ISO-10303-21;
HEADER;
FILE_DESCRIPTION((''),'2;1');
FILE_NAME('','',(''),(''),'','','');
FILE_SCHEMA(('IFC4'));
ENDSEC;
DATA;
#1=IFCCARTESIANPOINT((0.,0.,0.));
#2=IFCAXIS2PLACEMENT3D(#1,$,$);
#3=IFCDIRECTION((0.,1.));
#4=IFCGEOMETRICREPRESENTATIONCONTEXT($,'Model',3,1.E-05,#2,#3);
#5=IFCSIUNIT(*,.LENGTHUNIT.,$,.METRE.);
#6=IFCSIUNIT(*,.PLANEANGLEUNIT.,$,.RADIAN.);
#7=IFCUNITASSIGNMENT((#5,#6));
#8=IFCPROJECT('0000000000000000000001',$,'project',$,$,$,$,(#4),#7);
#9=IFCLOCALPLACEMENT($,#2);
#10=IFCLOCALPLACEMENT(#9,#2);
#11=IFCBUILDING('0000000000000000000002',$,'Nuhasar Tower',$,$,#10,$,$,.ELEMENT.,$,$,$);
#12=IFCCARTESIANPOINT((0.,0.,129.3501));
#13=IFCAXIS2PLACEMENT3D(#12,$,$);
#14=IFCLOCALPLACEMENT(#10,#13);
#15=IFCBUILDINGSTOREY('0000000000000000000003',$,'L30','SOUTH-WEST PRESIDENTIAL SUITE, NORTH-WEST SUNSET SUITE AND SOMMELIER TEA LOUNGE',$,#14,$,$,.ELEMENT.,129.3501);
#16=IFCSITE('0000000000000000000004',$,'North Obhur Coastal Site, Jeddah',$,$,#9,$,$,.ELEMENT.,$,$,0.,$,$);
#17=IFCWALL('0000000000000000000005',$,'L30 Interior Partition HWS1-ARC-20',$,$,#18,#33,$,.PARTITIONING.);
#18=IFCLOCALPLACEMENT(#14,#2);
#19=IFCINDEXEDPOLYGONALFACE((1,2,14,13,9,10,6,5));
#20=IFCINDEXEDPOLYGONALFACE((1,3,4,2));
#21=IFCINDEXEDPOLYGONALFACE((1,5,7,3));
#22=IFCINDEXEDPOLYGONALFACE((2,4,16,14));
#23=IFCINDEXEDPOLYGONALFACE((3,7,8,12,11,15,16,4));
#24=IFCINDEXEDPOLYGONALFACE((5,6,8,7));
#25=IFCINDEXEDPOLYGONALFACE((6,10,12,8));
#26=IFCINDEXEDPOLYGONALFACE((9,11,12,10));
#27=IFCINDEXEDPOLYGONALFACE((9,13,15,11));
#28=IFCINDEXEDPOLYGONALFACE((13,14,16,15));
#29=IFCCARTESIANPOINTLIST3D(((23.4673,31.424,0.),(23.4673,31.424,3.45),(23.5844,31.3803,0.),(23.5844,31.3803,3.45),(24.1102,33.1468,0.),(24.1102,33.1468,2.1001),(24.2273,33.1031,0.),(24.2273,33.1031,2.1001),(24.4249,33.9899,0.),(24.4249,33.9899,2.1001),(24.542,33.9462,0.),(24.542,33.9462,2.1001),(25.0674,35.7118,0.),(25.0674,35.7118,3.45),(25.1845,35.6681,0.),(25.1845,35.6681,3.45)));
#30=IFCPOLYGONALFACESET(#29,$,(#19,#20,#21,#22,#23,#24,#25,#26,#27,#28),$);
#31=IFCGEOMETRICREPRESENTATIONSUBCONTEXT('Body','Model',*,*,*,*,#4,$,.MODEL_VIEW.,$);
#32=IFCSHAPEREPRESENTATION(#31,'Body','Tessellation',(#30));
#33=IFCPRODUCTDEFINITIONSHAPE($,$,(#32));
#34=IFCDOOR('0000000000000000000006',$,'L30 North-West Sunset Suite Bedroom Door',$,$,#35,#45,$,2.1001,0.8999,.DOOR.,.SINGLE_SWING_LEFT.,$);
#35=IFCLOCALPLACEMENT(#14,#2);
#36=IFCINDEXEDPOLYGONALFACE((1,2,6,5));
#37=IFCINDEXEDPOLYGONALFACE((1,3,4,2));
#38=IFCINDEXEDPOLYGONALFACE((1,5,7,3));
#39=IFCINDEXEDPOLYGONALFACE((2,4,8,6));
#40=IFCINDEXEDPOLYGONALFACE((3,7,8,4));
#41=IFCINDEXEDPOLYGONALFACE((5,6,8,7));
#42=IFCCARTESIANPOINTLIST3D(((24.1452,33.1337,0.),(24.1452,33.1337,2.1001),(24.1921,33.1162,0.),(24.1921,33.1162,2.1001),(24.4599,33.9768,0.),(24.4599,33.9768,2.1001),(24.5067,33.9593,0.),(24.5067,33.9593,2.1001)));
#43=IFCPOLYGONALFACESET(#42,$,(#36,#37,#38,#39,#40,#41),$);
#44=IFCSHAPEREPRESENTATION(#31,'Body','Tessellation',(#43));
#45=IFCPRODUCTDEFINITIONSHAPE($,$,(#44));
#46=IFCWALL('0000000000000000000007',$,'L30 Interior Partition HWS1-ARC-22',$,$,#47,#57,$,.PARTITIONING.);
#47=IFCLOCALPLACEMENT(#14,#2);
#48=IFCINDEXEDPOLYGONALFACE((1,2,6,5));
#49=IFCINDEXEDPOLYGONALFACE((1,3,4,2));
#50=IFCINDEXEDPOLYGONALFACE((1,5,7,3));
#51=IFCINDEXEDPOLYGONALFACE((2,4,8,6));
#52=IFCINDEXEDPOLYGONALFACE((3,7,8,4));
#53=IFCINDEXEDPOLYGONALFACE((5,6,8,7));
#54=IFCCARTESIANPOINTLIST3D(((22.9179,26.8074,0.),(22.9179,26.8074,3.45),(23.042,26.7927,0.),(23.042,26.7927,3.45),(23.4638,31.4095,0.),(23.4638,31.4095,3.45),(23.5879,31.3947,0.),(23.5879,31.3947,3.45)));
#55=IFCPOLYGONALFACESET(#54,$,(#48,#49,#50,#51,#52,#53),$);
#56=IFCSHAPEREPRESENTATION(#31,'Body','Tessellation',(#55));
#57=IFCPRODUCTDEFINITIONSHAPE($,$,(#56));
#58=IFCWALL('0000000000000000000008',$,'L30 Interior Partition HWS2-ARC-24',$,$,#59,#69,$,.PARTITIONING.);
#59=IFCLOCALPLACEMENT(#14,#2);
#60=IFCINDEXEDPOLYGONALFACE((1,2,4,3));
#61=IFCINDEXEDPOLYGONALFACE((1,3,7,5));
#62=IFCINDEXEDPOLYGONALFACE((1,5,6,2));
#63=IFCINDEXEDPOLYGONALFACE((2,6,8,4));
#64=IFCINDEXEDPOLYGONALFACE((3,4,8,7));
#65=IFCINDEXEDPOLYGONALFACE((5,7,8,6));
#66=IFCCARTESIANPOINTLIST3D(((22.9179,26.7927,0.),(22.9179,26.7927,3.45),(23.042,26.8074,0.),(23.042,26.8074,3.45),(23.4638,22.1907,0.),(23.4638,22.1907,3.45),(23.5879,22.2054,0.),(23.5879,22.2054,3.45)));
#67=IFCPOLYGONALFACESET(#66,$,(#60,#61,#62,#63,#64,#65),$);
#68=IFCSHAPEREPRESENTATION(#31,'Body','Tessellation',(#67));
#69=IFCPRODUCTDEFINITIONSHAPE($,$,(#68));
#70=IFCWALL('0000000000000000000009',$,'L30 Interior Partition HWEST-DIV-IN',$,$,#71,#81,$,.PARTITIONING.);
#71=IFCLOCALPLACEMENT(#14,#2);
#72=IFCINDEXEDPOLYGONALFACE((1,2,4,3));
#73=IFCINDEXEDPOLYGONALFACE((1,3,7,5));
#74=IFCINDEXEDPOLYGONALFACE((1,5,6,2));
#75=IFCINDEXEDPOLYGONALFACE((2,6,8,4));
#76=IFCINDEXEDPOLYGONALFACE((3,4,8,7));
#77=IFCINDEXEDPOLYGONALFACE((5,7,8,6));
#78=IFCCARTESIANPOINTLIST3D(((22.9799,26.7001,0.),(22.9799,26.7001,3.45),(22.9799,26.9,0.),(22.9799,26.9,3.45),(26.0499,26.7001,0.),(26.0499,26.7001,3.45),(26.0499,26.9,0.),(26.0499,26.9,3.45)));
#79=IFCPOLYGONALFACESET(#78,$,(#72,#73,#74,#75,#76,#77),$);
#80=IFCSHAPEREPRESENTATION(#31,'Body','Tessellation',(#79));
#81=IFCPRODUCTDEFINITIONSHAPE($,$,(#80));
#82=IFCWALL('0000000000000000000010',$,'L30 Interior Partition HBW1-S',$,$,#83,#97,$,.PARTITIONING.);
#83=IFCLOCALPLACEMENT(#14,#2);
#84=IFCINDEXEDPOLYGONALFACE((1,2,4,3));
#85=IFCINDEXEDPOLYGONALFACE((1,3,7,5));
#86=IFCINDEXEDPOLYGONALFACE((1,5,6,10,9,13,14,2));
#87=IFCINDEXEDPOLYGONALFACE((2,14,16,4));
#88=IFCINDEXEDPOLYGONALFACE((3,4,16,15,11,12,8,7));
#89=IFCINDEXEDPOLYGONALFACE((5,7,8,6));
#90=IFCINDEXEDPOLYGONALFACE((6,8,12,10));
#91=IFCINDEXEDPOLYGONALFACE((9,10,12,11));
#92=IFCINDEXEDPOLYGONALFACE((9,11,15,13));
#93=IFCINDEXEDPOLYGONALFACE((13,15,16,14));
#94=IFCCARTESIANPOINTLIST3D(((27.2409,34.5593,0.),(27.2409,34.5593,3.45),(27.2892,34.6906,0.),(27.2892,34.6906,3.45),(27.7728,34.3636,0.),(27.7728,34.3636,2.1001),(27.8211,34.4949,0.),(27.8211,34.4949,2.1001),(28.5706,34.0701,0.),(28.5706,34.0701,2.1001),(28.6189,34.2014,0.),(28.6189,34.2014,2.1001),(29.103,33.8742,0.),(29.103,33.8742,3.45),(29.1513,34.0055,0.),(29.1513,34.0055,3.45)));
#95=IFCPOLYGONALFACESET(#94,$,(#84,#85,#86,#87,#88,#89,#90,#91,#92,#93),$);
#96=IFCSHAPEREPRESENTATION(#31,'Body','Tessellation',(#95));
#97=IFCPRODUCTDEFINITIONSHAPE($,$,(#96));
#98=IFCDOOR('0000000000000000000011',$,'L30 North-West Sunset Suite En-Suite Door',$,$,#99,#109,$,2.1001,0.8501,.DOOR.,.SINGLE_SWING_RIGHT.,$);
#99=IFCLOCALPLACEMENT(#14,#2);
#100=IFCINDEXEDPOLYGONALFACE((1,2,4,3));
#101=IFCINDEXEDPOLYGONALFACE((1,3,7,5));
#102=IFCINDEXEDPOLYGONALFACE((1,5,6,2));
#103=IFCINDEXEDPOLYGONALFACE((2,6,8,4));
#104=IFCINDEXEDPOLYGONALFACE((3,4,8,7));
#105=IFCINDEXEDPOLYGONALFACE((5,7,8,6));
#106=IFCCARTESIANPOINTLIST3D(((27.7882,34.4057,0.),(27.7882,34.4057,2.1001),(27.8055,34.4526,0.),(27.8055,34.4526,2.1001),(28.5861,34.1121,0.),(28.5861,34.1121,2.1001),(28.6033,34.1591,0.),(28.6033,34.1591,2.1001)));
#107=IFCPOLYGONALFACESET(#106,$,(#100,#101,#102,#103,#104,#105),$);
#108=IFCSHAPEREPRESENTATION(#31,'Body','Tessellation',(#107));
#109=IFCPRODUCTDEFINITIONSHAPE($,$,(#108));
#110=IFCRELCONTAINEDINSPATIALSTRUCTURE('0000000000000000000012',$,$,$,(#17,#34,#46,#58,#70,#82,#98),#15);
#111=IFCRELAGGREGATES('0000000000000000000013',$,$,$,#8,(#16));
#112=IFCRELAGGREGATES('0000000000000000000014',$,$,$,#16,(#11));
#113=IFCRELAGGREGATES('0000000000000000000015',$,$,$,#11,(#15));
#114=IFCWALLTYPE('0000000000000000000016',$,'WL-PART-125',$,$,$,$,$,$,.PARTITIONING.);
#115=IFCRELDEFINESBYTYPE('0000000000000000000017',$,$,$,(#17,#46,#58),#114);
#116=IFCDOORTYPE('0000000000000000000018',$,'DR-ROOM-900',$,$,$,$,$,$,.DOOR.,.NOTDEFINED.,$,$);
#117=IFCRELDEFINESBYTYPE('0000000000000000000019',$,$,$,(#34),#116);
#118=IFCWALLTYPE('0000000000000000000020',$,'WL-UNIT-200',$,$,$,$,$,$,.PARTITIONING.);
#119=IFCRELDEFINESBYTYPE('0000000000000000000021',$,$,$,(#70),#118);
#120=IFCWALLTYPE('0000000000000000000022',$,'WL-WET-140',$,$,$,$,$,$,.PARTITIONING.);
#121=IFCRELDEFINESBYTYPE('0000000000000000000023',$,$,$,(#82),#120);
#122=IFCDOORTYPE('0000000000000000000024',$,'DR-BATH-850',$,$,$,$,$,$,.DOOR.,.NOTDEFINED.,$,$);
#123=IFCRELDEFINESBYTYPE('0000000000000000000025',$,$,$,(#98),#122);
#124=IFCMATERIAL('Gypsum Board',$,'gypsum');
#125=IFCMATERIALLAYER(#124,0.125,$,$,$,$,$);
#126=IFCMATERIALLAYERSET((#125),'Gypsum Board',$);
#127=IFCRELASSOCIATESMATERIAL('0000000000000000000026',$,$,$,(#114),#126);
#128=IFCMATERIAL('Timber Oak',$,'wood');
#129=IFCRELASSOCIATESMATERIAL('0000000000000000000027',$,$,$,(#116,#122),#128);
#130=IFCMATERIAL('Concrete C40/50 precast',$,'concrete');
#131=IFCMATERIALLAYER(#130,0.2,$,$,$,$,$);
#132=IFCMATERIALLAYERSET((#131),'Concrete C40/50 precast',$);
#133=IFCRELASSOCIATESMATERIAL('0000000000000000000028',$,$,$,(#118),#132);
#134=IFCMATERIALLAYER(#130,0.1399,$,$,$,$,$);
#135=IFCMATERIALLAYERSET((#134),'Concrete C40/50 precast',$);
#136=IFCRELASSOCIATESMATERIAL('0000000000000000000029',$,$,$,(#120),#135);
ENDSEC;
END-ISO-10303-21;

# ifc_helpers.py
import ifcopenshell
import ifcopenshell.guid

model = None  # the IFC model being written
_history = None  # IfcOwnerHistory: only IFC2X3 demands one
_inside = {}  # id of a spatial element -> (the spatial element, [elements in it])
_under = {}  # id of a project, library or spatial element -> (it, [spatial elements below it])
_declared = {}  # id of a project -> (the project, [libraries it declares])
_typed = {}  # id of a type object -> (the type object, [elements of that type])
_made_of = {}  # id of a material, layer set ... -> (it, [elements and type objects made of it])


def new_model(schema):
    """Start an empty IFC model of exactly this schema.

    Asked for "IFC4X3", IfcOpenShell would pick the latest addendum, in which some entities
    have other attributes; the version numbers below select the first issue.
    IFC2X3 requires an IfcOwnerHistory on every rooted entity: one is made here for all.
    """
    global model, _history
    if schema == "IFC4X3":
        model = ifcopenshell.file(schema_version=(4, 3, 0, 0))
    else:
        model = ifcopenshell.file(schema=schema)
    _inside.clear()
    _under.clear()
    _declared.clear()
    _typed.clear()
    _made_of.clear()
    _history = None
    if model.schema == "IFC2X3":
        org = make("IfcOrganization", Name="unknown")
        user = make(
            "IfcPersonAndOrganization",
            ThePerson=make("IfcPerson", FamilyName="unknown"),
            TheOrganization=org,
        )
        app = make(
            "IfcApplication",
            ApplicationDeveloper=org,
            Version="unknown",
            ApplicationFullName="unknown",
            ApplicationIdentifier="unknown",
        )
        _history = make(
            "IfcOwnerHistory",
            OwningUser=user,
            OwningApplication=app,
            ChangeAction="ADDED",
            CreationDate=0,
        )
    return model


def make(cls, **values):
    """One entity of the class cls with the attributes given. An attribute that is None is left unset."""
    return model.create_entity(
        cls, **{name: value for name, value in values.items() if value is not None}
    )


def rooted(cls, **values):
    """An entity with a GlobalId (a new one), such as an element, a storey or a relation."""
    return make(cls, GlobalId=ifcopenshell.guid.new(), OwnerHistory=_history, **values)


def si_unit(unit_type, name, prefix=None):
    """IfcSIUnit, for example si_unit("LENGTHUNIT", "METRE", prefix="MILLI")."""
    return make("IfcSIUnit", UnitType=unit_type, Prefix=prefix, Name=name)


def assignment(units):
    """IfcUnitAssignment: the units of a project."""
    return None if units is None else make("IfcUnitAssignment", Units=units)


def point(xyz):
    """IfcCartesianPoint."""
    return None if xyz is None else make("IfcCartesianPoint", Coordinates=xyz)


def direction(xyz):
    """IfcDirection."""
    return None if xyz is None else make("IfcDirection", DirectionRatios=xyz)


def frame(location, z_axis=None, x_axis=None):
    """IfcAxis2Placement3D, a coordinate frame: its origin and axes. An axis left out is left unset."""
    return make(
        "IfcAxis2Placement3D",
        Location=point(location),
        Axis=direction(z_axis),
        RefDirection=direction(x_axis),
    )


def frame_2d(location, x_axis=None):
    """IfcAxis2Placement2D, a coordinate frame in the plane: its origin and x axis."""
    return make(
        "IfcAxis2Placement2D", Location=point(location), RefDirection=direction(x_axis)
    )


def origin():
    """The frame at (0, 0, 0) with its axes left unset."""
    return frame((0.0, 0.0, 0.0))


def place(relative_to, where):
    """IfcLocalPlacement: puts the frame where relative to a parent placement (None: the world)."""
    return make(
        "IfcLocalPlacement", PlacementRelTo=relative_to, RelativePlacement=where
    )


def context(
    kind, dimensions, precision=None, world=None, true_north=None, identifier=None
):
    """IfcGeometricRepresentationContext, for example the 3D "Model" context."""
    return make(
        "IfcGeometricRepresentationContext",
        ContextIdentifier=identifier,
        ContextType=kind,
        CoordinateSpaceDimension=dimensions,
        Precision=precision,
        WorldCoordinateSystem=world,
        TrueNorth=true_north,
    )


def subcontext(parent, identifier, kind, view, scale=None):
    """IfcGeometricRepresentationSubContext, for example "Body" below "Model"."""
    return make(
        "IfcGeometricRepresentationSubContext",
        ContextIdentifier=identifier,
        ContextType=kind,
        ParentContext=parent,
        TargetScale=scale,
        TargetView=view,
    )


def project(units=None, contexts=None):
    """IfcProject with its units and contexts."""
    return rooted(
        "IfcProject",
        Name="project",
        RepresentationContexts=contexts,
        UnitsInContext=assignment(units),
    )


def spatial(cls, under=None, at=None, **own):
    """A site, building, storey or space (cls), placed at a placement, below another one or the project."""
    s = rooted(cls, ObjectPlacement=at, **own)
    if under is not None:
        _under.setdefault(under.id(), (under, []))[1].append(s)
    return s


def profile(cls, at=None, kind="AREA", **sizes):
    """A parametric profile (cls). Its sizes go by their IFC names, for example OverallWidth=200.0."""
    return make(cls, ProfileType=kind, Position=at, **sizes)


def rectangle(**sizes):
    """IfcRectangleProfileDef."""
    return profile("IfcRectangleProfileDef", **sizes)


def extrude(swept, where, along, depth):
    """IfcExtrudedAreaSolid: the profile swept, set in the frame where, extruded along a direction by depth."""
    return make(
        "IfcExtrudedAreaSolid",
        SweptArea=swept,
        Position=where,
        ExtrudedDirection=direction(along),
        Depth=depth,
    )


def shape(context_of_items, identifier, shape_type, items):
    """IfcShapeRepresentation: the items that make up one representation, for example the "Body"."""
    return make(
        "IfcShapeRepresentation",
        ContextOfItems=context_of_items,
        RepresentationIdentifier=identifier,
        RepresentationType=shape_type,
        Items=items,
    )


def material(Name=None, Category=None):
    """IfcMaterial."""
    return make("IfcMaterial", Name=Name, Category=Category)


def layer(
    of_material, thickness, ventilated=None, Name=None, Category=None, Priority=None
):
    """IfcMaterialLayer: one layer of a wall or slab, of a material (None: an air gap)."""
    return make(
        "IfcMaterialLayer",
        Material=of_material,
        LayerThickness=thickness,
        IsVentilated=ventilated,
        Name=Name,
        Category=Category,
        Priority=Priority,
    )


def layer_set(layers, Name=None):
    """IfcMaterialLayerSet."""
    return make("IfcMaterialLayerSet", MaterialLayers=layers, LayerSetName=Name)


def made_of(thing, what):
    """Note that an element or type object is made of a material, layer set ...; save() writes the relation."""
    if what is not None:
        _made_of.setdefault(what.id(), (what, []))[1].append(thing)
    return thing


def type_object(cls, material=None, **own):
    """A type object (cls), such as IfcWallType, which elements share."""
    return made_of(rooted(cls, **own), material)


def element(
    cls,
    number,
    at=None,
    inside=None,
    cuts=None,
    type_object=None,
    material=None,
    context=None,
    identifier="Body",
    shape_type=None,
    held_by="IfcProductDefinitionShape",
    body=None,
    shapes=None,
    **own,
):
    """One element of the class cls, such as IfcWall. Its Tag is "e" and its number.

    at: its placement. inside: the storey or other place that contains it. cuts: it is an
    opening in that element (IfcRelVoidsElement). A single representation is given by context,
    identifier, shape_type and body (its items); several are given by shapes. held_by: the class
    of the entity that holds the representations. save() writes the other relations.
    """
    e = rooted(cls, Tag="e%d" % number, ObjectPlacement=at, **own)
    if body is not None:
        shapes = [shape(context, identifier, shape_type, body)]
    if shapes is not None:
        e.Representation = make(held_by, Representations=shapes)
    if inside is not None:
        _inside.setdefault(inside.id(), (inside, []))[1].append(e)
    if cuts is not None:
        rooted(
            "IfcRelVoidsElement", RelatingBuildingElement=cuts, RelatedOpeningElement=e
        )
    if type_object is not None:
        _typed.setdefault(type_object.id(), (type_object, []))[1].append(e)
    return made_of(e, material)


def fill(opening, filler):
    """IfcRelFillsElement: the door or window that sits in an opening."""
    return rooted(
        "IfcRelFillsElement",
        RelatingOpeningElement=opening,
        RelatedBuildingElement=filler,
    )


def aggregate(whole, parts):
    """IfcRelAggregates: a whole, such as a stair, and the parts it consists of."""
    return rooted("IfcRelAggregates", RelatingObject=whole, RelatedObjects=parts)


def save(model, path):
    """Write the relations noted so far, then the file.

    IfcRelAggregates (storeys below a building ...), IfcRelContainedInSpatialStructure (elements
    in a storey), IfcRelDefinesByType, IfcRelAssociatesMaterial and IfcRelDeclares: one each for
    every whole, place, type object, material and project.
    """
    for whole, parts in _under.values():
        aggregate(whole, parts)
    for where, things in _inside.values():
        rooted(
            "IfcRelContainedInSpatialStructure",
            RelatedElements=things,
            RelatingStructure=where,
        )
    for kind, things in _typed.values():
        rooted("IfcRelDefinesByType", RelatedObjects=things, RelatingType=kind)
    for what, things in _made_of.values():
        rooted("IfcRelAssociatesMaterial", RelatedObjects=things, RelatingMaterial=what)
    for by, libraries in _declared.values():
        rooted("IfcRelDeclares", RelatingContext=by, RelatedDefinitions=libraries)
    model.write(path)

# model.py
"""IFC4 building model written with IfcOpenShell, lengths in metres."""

from ifc_helpers import new_model, si_unit, direction, frame, frame_2d, origin, place, context, subcontext, project, spatial, rectangle, extrude, material, layer, layer_set, type_object, element, fill, save


model = new_model("IFC4")

# Units and contexts
model_context = context("Model", 3, precision=1e-05, world=origin(), true_north=direction((0.0, 1.0)))
body_context = subcontext(model_context, "Body", "Model", "MODEL_VIEW")
ifc_project = project(units=[si_unit("LENGTHUNIT", "METRE"), si_unit("PLANEANGLEUNIT", "RADIAN")], contexts=[model_context])

# Site, building, storey
site_placement = place(None, origin())
site = spatial("IfcSite", under=ifc_project, at=site_placement, Name="North Obhur Coastal Site, Jeddah", CompositionType="ELEMENT", RefElevation=0.0)
building_placement = place(site_placement, origin())
building = spatial("IfcBuilding", under=site, at=building_placement, Name="Nuhasar Tower", CompositionType="ELEMENT")
storey_placement = place(building_placement, frame((0.0, 0.0, 129.3501)))
storey = spatial("IfcBuildingStorey", under=building, at=storey_placement, Name="L30", Description="SOUTH-WEST PRESIDENTIAL SUITE, NORTH-WEST SUNSET SUITE AND SOMMELIER TEA LOUNGE", CompositionType="ELEMENT", Elevation=129.3501)

# Shared definitions
ifc_material_1 = material(Name="Gypsum Board", Category="gypsum")

# Shared definitions
ifc_material_2 = material(Name="Timber Oak", Category="wood")

# Shared definitions
ifc_layer_1 = layer(ifc_material_1, 0.125)
ifc_layer_set_1 = layer_set([ifc_layer_1], Name="Gypsum Board")
wall_type_1 = type_object("IfcWallType", Name="WL-PART-125", PredefinedType="PARTITIONING", material=ifc_layer_set_1)

# Wall, opening, door
wall_1_placement = place(storey_placement, frame((25.126, 35.6899, 0.0), z_axis=(0.0, 0.0, 1.0), x_axis=(-0.349621, -0.936891, 0.0)))
wall_1 = element("IfcWall", 1, at=wall_1_placement, inside=storey, type_object=wall_type_1, Name="L30 Interior Partition HWS1-ARC-20", PredefinedType="PARTITIONING", context=body_context, shape_type="SweptSolid", body=[
    extrude(rectangle(XDim=4.5767, YDim=0.125, at=frame_2d((2.2883, 0.0))), origin(), (0.0, 0.0, 1.0), 3.45),
])
opening_1_placement = place(wall_1_placement, frame((1.8379, 0.0, 0.0)))
opening_1 = element("IfcOpeningElement", 2, at=opening_1_placement, cuts=wall_1, PredefinedType="OPENING", context=body_context, shape_type="SweptSolid", body=[
    extrude(rectangle(XDim=0.8999, YDim=2.1001, at=frame_2d((0.45, 1.05))), frame((0.0, 0.0725, 0.0), z_axis=(0.0, -1.0, 0.0), x_axis=(1.0, 0.0, 0.0)), (0.0, 0.0, 1.0), 0.145),
])
door_type_1 = type_object("IfcDoorType", Name="DR-ROOM-900", OperationType="NOTDEFINED", PredefinedType="DOOR", material=ifc_material_2)
door_1_placement = place(opening_1_placement, origin())
door_1 = element("IfcDoor", 3, at=door_1_placement, inside=storey, type_object=door_type_1, Name="L30 North-West Sunset Suite Bedroom Door", OperationType="SINGLE_SWING_LEFT", OverallHeight=2.1001, OverallWidth=0.8999, PredefinedType="DOOR", context=body_context, shape_type="SweptSolid", body=[
    extrude(rectangle(XDim=0.8999, YDim=2.1001, at=frame_2d((0.45, 1.05))), frame((0.0, 0.0249, 0.0), z_axis=(0.0, -1.0, 0.0), x_axis=(1.0, 0.0, 0.0)), (0.0, 0.0, 1.0), 0.05),
])
fill(opening_1, door_1)

# Walls
for number, where, z_axis, x_axis, name in (
    (4, (23.5259, 31.4021, 0.0), (0.0, 0.0, 1.0), (-0.117795, -0.993038, 0.0), "L30 Interior Partition HWS1-ARC-22"),
    (5, (22.98, 26.8, 0.0), (0.0, 0.0, 1.0), (0.117795, -0.993038, 0.0), "L30 Interior Partition HWS2-ARC-24"),
):
    element("IfcWall", number, at=place(storey_placement, frame(where, z_axis=z_axis, x_axis=x_axis)), inside=storey, type_object=wall_type_1, Name=name, PredefinedType="PARTITIONING", context=body_context, shape_type="SweptSolid", body=[
        extrude(rectangle(XDim=4.6343, YDim=0.125, at=frame_2d((2.3171, 0.0))), origin(), (0.0, 0.0, 1.0), 3.45),
    ])
ifc_material_3 = material(Name="Concrete C40/50 precast", Category="concrete")
ifc_layer_2 = layer(ifc_material_3, 0.2)
ifc_layer_set_2 = layer_set([ifc_layer_2], Name="Concrete C40/50 precast")
wall_type_2 = type_object("IfcWallType", Name="WL-UNIT-200", PredefinedType="PARTITIONING", material=ifc_layer_set_2)
wall_2_placement = place(storey_placement, frame((26.05, 26.8, 0.0), z_axis=(0.0, 0.0, 1.0), x_axis=(-1.0, 0.0, 0.0)))
element("IfcWall", 6, at=wall_2_placement, inside=storey, type_object=wall_type_2, Name="L30 Interior Partition HWEST-DIV-IN", PredefinedType="PARTITIONING", context=body_context, shape_type="SweptSolid", body=[
    extrude(rectangle(XDim=3.0701, YDim=0.2, at=frame_2d((1.5352, 0.0))), origin(), (0.0, 0.0, 1.0), 3.45),
])

# Wall, opening, door
ifc_layer_3 = layer(ifc_material_3, 0.1399)
ifc_layer_set_3 = layer_set([ifc_layer_3], Name="Concrete C40/50 precast")
wall_type_3 = type_object("IfcWallType", Name="WL-WET-140", PredefinedType="PARTITIONING", material=ifc_layer_set_3)
wall_3_placement = place(storey_placement, frame((27.2649, 34.625, 0.0), z_axis=(0.0, 0.0, 1.0), x_axis=(0.938501, -0.345278, 0.0)))
wall_3 = element("IfcWall", 7, at=wall_3_placement, inside=storey, type_object=wall_type_3, Name="L30 Interior Partition HBW1-S", PredefinedType="PARTITIONING", context=body_context, shape_type="SweptSolid", body=[
    extrude(rectangle(XDim=1.9841, YDim=0.1399, at=frame_2d((0.9922, 0.0))), origin(), (0.0, 0.0, 1.0), 3.45),
])
opening_2_placement = place(wall_3_placement, frame((0.5669, 0.0, 0.0)))
opening_2 = element("IfcOpeningElement", 8, at=opening_2_placement, cuts=wall_3, PredefinedType="OPENING", context=body_context, shape_type="SweptSolid", body=[
    extrude(rectangle(XDim=0.8501, YDim=2.1001, at=frame_2d((0.425, 1.05))), frame((0.0, 0.0801, 0.0), z_axis=(0.0, -1.0, 0.0), x_axis=(1.0, 0.0, 0.0)), (0.0, 0.0, 1.0), 0.1599),
])
door_type_2 = type_object("IfcDoorType", Name="DR-BATH-850", OperationType="NOTDEFINED", PredefinedType="DOOR", material=ifc_material_2)
door_2_placement = place(opening_2_placement, origin())
door_2 = element("IfcDoor", 9, at=door_2_placement, inside=storey, type_object=door_type_2, Name="L30 North-West Sunset Suite En-Suite Door", OperationType="SINGLE_SWING_RIGHT", OverallHeight=2.1001, OverallWidth=0.8501, PredefinedType="DOOR", context=body_context, shape_type="SweptSolid", body=[
    extrude(rectangle(XDim=0.8501, YDim=2.1001, at=frame_2d((0.425, 1.05))), frame((0.0, 0.0249, 0.0), z_axis=(0.0, -1.0, 0.0), x_axis=(1.0, 0.0, 0.0)), (0.0, 0.0, 1.0), 0.05),
])
fill(opening_2, door_2)

save(model, "model.ifc")
